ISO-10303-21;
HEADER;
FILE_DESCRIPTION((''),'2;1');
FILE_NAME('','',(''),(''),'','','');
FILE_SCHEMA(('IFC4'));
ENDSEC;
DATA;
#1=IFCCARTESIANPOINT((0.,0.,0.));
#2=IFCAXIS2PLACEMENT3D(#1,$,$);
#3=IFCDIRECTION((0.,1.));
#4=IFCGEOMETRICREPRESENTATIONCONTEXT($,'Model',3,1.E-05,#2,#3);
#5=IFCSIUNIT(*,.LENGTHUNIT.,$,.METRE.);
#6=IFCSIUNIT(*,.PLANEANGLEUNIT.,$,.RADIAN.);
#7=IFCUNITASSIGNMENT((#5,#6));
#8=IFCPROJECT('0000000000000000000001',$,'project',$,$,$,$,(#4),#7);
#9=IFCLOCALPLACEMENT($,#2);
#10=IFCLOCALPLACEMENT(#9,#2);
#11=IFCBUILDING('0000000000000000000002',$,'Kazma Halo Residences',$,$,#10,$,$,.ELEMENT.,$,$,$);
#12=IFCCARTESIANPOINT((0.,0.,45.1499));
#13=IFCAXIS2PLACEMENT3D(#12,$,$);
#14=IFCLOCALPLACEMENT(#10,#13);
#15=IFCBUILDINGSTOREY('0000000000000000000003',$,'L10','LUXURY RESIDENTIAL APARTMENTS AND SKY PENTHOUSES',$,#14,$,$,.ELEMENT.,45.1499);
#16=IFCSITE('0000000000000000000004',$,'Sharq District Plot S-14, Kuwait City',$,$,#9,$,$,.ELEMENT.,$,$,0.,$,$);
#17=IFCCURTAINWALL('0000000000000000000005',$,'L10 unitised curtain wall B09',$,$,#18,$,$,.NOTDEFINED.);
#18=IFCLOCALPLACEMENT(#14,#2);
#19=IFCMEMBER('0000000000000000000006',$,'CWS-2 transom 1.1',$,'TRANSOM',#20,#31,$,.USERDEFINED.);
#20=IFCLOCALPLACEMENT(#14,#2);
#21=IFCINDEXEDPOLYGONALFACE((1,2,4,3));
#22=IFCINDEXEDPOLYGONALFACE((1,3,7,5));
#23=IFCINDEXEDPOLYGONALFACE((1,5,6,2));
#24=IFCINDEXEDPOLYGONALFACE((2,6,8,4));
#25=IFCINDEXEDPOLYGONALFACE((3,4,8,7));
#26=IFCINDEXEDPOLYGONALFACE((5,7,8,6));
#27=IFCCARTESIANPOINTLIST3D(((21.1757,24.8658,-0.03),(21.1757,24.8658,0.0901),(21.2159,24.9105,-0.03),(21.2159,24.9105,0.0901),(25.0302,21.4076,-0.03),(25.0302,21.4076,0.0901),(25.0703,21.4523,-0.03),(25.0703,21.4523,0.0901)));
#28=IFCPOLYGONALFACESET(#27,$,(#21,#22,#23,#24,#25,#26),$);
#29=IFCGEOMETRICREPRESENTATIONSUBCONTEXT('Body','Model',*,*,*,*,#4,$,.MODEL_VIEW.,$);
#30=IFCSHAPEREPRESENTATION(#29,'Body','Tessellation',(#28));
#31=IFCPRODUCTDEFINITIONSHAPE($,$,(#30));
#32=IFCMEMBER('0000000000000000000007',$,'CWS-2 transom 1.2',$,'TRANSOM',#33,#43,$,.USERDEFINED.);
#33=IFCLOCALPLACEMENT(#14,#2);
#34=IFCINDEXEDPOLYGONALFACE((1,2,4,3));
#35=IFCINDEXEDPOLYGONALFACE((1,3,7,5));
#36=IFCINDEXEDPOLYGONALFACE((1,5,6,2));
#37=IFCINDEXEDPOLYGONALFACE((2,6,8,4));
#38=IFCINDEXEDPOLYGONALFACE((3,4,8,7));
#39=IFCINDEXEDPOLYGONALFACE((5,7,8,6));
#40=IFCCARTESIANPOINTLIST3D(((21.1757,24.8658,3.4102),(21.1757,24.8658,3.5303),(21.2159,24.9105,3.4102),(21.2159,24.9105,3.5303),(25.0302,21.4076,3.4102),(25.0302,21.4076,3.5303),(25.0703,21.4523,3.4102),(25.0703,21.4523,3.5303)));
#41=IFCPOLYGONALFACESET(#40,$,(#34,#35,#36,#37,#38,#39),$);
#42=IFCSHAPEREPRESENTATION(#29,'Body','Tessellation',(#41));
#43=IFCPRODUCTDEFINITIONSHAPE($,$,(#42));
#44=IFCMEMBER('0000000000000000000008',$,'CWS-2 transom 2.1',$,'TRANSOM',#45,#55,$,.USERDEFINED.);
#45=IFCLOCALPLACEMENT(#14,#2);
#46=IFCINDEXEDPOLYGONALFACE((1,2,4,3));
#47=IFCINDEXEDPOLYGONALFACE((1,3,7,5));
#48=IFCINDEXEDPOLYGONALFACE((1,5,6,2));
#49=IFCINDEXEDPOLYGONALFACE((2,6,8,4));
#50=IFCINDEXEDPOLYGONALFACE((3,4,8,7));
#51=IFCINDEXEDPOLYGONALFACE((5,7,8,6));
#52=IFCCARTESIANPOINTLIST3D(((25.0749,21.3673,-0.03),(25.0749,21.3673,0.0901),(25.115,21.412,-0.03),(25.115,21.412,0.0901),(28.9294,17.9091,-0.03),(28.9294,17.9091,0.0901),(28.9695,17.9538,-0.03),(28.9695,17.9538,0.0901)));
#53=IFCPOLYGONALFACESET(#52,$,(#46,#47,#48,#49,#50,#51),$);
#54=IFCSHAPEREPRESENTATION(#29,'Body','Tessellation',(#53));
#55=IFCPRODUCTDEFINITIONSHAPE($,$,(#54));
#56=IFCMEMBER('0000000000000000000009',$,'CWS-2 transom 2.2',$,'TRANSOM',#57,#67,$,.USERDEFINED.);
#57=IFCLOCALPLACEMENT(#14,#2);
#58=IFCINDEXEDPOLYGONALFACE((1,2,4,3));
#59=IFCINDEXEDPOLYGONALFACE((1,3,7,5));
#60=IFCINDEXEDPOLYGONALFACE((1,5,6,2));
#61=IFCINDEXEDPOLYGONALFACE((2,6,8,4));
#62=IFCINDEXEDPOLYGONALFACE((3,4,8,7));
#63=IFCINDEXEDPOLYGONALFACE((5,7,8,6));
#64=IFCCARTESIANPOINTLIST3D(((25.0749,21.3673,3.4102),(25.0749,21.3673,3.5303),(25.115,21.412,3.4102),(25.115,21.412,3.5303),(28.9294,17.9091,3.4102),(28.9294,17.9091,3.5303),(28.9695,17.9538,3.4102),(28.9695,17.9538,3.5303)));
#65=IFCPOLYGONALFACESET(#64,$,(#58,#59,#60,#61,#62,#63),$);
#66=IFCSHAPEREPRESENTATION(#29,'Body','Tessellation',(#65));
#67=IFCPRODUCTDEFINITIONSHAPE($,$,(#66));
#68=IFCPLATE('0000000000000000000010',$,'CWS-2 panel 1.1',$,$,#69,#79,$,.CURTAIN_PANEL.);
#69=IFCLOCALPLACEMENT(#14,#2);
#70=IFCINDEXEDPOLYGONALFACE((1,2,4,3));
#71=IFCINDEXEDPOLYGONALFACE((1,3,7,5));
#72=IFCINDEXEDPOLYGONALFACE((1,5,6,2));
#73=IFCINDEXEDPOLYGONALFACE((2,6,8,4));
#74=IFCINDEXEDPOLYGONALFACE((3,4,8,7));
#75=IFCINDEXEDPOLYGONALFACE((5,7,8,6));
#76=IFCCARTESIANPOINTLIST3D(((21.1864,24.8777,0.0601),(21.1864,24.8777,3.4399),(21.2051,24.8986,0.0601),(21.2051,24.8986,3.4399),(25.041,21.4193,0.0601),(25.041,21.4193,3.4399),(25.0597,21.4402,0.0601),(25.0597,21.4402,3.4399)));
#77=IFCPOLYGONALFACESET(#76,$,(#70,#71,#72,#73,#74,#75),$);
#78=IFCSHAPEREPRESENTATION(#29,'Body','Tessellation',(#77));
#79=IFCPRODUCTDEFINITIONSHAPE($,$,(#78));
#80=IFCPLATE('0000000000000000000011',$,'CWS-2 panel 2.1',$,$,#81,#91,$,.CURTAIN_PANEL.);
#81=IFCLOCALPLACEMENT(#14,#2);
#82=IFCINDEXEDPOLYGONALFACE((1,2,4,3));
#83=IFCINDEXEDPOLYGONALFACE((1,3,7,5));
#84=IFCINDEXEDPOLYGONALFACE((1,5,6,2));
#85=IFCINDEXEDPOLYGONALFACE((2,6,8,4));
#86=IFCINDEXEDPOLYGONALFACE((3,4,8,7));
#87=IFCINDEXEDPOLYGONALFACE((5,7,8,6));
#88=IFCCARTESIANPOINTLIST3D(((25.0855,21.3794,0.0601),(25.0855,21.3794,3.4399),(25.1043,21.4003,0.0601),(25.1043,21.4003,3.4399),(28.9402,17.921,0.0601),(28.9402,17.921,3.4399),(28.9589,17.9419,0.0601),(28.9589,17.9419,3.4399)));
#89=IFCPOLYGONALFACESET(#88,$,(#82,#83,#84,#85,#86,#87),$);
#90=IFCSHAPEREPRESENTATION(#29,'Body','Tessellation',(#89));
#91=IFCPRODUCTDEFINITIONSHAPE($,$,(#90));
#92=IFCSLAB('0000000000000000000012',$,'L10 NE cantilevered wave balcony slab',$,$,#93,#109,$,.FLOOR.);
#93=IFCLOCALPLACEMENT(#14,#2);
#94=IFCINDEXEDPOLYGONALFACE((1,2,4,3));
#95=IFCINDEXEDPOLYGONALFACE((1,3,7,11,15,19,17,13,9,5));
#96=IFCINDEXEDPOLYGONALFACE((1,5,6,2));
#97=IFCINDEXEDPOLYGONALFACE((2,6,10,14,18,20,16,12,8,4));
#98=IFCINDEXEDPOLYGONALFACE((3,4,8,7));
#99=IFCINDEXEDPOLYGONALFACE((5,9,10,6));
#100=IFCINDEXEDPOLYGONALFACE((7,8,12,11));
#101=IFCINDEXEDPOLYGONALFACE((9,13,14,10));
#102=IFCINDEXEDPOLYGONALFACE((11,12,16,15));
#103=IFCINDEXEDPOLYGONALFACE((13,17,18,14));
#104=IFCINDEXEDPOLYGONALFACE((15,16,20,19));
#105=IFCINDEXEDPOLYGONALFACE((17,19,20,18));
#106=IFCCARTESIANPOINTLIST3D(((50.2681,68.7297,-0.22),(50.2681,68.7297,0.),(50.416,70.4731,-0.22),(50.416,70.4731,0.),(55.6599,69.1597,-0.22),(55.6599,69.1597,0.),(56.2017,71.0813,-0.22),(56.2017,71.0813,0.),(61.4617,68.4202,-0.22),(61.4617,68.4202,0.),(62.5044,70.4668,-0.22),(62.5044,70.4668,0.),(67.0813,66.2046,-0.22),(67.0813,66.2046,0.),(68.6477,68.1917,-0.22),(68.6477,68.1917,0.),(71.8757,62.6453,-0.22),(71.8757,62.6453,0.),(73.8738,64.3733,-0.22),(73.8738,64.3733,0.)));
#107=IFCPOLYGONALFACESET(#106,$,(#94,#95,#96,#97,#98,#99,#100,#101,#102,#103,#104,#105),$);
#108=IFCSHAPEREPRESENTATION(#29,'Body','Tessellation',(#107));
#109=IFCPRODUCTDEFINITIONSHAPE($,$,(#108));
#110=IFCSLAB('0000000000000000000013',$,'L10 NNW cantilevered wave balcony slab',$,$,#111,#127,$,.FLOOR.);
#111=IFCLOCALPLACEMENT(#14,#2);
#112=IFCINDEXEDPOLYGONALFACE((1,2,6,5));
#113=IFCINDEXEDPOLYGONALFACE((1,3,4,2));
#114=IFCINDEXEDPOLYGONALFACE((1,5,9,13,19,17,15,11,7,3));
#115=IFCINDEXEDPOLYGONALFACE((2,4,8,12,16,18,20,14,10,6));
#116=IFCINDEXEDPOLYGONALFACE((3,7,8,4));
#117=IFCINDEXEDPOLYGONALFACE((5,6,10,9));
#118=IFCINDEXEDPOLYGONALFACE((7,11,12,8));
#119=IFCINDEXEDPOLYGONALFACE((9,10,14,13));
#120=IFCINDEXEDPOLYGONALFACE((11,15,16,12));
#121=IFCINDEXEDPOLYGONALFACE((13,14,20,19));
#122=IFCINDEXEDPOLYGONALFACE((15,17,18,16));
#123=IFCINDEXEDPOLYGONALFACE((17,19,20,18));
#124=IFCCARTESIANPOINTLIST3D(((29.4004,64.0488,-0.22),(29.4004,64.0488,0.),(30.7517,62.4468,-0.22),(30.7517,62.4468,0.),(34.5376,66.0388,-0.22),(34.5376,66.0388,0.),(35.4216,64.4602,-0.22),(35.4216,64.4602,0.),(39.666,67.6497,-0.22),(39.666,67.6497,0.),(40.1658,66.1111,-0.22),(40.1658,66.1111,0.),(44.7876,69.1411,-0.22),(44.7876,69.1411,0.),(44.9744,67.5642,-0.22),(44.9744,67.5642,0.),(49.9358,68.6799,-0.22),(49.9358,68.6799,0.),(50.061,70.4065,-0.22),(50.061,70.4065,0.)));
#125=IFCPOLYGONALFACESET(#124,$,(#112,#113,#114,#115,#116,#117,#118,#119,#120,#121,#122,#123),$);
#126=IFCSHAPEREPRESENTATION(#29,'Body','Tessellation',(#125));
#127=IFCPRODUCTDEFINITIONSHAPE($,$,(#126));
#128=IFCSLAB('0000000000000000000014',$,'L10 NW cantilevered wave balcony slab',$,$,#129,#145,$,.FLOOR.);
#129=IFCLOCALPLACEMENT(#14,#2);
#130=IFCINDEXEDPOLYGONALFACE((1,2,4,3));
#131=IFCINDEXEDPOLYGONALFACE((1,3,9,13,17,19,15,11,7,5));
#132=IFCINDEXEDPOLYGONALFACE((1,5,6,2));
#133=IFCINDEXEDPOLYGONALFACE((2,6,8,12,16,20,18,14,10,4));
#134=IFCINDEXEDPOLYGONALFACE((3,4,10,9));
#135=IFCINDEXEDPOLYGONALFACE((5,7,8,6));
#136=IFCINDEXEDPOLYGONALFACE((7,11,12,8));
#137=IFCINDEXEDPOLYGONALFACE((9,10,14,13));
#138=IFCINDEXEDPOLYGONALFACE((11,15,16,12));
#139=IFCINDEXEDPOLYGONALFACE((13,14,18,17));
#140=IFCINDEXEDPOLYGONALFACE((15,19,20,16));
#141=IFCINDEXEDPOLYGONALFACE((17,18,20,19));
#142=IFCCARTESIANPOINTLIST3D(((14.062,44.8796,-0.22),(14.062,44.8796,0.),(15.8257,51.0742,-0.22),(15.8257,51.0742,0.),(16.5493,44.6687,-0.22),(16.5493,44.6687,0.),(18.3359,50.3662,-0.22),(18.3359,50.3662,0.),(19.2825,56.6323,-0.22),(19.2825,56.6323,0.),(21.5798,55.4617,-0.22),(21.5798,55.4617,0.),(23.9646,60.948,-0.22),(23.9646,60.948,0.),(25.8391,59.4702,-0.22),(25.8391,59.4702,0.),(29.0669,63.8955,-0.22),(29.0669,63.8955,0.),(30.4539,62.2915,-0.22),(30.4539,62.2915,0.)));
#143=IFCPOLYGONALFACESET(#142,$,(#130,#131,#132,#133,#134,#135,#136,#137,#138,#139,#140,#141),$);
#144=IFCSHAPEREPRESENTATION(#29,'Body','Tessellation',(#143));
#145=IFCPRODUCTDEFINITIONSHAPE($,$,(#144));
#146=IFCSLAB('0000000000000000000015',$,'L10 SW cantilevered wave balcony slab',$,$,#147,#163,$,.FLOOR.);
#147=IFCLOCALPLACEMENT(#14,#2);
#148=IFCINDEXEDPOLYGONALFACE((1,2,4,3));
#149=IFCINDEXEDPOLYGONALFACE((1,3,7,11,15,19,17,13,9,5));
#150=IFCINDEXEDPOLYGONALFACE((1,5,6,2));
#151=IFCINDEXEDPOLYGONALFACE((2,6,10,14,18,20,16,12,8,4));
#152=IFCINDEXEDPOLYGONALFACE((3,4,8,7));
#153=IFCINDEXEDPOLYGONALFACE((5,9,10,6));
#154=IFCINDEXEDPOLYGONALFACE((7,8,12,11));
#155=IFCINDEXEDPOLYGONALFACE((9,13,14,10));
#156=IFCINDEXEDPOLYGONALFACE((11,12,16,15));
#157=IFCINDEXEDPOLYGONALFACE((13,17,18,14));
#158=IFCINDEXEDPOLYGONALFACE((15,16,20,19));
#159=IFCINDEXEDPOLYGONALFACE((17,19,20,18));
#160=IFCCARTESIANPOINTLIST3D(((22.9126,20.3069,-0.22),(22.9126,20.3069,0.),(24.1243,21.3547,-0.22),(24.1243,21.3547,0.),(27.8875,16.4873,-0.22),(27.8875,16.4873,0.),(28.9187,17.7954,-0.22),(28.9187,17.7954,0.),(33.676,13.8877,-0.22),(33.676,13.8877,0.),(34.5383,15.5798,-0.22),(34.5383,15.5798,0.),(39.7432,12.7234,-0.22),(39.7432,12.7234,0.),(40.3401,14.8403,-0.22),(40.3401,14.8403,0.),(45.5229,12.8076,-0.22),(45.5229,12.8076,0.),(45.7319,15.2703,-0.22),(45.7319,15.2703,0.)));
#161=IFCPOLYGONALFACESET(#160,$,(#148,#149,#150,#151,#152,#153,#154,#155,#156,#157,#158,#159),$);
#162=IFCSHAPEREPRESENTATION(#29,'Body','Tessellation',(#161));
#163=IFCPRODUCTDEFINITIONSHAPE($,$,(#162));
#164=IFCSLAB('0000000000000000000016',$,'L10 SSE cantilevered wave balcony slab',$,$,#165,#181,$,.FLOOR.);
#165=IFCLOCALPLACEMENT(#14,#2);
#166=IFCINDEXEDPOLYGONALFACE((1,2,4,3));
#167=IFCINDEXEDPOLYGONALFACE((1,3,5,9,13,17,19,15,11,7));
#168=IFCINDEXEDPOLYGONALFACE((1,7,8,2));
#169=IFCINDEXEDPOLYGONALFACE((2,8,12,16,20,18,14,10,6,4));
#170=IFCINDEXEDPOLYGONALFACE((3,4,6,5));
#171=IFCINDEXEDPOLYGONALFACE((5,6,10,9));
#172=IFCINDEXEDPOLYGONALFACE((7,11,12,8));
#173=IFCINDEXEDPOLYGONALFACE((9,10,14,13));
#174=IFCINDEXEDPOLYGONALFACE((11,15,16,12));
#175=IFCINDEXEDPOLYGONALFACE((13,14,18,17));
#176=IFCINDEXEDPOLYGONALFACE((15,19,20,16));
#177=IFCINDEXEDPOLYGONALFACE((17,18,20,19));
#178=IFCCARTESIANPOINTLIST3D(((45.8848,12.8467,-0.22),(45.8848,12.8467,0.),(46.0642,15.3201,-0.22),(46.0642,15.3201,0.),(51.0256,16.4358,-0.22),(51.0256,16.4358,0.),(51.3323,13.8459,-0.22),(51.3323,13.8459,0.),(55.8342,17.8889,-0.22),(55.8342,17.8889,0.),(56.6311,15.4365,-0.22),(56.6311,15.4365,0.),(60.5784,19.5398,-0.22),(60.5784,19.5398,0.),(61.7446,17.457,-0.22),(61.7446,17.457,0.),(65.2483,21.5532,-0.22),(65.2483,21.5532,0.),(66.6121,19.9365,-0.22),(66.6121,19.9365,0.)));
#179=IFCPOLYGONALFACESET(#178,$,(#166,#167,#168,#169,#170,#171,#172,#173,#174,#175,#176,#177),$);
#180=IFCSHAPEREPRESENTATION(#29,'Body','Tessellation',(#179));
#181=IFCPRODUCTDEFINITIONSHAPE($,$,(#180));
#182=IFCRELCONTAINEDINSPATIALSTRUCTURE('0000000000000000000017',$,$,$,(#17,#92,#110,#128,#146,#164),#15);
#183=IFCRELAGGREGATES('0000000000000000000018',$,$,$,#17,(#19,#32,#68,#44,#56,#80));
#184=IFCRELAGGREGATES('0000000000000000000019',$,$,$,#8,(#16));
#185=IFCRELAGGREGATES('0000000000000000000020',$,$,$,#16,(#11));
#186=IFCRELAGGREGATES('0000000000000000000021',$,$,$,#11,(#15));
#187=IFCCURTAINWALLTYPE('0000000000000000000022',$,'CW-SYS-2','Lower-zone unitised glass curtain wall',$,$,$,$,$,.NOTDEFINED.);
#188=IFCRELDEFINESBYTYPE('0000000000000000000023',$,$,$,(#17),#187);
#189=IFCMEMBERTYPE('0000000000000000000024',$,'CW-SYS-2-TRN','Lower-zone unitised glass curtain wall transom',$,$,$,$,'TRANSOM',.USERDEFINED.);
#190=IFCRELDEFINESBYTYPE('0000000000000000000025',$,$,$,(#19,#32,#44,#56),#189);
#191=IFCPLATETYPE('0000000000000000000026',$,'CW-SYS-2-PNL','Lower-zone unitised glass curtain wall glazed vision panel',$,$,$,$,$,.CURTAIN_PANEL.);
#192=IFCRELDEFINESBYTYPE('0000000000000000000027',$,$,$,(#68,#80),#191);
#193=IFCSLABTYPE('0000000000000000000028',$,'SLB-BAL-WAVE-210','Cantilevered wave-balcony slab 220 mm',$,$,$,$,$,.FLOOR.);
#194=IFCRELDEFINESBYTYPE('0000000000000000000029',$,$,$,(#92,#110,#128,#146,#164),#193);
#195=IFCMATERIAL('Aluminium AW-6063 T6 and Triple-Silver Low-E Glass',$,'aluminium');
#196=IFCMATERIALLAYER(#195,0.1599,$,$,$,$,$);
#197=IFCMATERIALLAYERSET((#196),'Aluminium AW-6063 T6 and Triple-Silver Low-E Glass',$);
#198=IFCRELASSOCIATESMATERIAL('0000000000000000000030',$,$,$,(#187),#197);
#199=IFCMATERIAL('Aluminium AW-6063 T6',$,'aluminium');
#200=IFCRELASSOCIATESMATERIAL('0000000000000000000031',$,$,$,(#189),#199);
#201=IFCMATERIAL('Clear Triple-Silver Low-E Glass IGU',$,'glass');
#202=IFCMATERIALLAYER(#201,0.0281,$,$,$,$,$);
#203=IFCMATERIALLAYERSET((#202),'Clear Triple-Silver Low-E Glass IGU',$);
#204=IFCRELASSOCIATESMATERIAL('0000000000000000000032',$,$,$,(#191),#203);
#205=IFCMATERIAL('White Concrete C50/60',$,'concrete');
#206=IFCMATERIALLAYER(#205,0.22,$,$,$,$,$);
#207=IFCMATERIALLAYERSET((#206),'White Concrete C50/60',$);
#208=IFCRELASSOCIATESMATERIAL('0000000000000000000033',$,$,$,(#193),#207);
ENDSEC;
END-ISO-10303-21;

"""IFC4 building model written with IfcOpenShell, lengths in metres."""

from ifc_helpers import new_model, si_unit, direction, frame, origin, origin_2d, place, context, subcontext, project, spatial, polyline, rectangle, outline, extrude, material, layer, layer_set, material_profile, profile_set, type_object, element, aggregate, save


model = new_model("IFC4")

# Units and contexts
model_context = context("Model", 3, precision=1e-05, world=origin(), true_north=direction((0.0, 1.0)))
body_context = subcontext(model_context, "Body", "Model", "MODEL_VIEW")
ifc_project = project(units=[si_unit("LENGTHUNIT", "METRE"), si_unit("PLANEANGLEUNIT", "RADIAN")], contexts=[model_context])

# Site, building, storey
site_placement = place(None, origin())
site = spatial("IfcSite", under=ifc_project, at=site_placement, Name="Sharq District Plot S-14, Kuwait City", CompositionType="ELEMENT", RefElevation=0.0)
building_placement = place(site_placement, origin())
building = spatial("IfcBuilding", under=site, at=building_placement, Name="Kazma Halo Residences", CompositionType="ELEMENT")
storey_placement = place(building_placement, frame((0.0, 0.0, 45.1499)))
storey = spatial("IfcBuildingStorey", under=building, at=storey_placement, Name="L10", Description="LUXURY RESIDENTIAL APARTMENTS AND SKY PENTHOUSES", CompositionType="ELEMENT", Elevation=45.1499)

# Curtain wall, members, plates
ifc_material_1 = material(Name="Aluminium AW-6063 T6 and Triple-Silver Low-E Glass", Category="aluminium")
ifc_layer_1 = layer(ifc_material_1, 0.1599)
ifc_layer_set_1 = layer_set([ifc_layer_1], Name="Aluminium AW-6063 T6 and Triple-Silver Low-E Glass")
curtain_wall_type = type_object("IfcCurtainWallType", Name="CW-SYS-2", Description="Lower-zone unitised glass curtain wall", PredefinedType="NOTDEFINED", material=ifc_layer_set_1)
curtain_wall_placement = place(storey_placement, origin())
curtain_wall = element("IfcCurtainWall", 1, at=curtain_wall_placement, inside=storey, type_object=curtain_wall_type, Name="L10 unitised curtain wall B09", PredefinedType="NOTDEFINED")
ifc_material_2 = material(Name="Aluminium AW-6063 T6", Category="aluminium")
ifc_material_profile_1 = material_profile(ifc_material_2, rectangle(XDim=0.0601, YDim=0.1201, at=origin_2d()), Name="CWT-60x120")
ifc_profile_set_1 = profile_set([ifc_material_profile_1], Name="Aluminium AW-6063 T6")
member_type_1 = type_object("IfcMemberType", Name="CW-SYS-2-TRN", Description="Lower-zone unitised glass curtain wall transom", ElementType="TRANSOM", PredefinedType="USERDEFINED", material=ifc_profile_set_1)
member_1_placement = place(storey_placement, frame((21.1958, 24.8882, 0.03), z_axis=(0.744329, -0.667813, 0.0), x_axis=(0.667813, 0.744329, 0.0)))
member_1 = element("IfcMember", 2, at=member_1_placement, type_object=member_type_1, Name="CWS-2 transom 1.1", ObjectType="TRANSOM", PredefinedType="USERDEFINED", context=body_context, shape_type="SweptSolid", body=[
    extrude(rectangle(XDim=0.0601, YDim=0.1201, at=origin_2d()), origin(), (0.0, 0.0, 1.0), 5.1785),
])
member_2_placement = place(storey_placement, frame((21.1958, 24.8882, 3.4702), z_axis=(0.744329, -0.667813, 0.0), x_axis=(0.667813, 0.744329, 0.0)))
member_2 = element("IfcMember", 3, at=member_2_placement, type_object=member_type_1, Name="CWS-2 transom 1.2", ObjectType="TRANSOM", PredefinedType="USERDEFINED", context=body_context, shape_type="SweptSolid", body=[
    extrude(rectangle(XDim=0.0601, YDim=0.1201, at=origin_2d()), origin(), (0.0, 0.0, 1.0), 5.1785),
])
member_3_placement = place(storey_placement, frame((25.095, 21.3896, 0.03), z_axis=(0.744329, -0.667813, 0.0), x_axis=(0.667813, 0.744329, 0.0)))
member_3 = element("IfcMember", 4, at=member_3_placement, type_object=member_type_1, Name="CWS-2 transom 2.1", ObjectType="TRANSOM", PredefinedType="USERDEFINED", context=body_context, shape_type="SweptSolid", body=[
    extrude(rectangle(XDim=0.0601, YDim=0.1201, at=origin_2d()), origin(), (0.0, 0.0, 1.0), 5.1785),
])
member_4_placement = place(storey_placement, frame((25.095, 21.3896, 3.4702), z_axis=(0.744329, -0.667813, 0.0), x_axis=(0.667813, 0.744329, 0.0)))
member_4 = element("IfcMember", 5, at=member_4_placement, type_object=member_type_1, Name="CWS-2 transom 2.2", ObjectType="TRANSOM", PredefinedType="USERDEFINED", context=body_context, shape_type="SweptSolid", body=[
    extrude(rectangle(XDim=0.0601, YDim=0.1201, at=origin_2d()), origin(), (0.0, 0.0, 1.0), 5.1785),
])
ifc_material_3 = material(Name="Clear Triple-Silver Low-E Glass IGU", Category="glass")
ifc_layer_2 = layer(ifc_material_3, 0.0281)
ifc_layer_set_2 = layer_set([ifc_layer_2], Name="Clear Triple-Silver Low-E Glass IGU")
plate_type = type_object("IfcPlateType", Name="CW-SYS-2-PNL", Description="Lower-zone unitised glass curtain wall glazed vision panel", PredefinedType="CURTAIN_PANEL", material=ifc_layer_set_2)
plate_1_placement = place(storey_placement, frame((23.123, 23.1589, 0.0601), z_axis=(0.0, 0.0, 1.0), x_axis=(0.744322, -0.667821, 0.0)))
plate_1 = element("IfcPlate", 6, at=plate_1_placement, type_object=plate_type, Name="CWS-2 panel 1.1", PredefinedType="CURTAIN_PANEL", context=body_context, shape_type="SweptSolid", body=[
    extrude(rectangle(XDim=5.1787, YDim=0.0281, at=origin_2d()), origin(), (0.0, 0.0, 1.0), 3.3799),
])
plate_2_placement = place(storey_placement, frame((27.0222, 19.6606, 0.0601), z_axis=(0.0, 0.0, 1.0), x_axis=(0.744322, -0.667821, 0.0)))
plate_2 = element("IfcPlate", 7, at=plate_2_placement, type_object=plate_type, Name="CWS-2 panel 2.1", PredefinedType="CURTAIN_PANEL", context=body_context, shape_type="SweptSolid", body=[
    extrude(rectangle(XDim=5.1787, YDim=0.0281, at=origin_2d()), origin(), (0.0, 0.0, 1.0), 3.3799),
])
aggregate(curtain_wall, [member_1, member_2, plate_1, member_3, member_4, plate_2])

# Slabs
ifc_material_4 = material(Name="White Concrete C50/60", Category="concrete")
ifc_layer_3 = layer(ifc_material_4, 0.22)
ifc_layer_set_3 = layer_set([ifc_layer_3], Name="White Concrete C50/60")
slab_type_1 = type_object("IfcSlabType", Name="SLB-BAL-WAVE-210", Description="Cantilevered wave-balcony slab 220 mm", PredefinedType="FLOOR", material=ifc_layer_set_3)
slab_1_placement = place(storey_placement, frame((0.0, 0.0, -0.22)))
element("IfcSlab", 8, at=slab_1_placement, inside=storey, type_object=slab_type_1, Name="L10 NE cantilevered wave balcony slab", PredefinedType="FLOOR", context=body_context, shape_type="SweptSolid", body=[
    extrude(outline(polyline([(71.8757, 62.6453), (67.0813, 66.2046), (61.4617, 68.4202), (55.6599, 69.1597), (50.2681, 68.7297), (50.416, 70.4731), (56.2017, 71.0813), (62.5044, 70.4668), (68.6477, 68.1917), (73.8738, 64.3733), (71.8757, 62.6453)])), origin(), (0.0, 0.0, 1.0), 0.22),
])
slab_2_placement = place(storey_placement, frame((0.0, 0.0, -0.22)))
element("IfcSlab", 9, at=slab_2_placement, inside=storey, type_object=slab_type_1, Name="L10 NNW cantilevered wave balcony slab", PredefinedType="FLOOR", context=body_context, shape_type="SweptSolid", body=[
    extrude(outline(polyline([(49.9358, 68.6799), (44.9744, 67.5642), (40.1658, 66.1111), (35.4216, 64.4602), (30.7517, 62.4468), (29.4004, 64.0488), (34.5376, 66.0388), (39.666, 67.6497), (44.7876, 69.1411), (50.061, 70.4065), (49.9358, 68.6799)])), origin(), (0.0, 0.0, 1.0), 0.22),
])
slab_3_placement = place(storey_placement, frame((0.0, 0.0, -0.22)))
element("IfcSlab", 10, at=slab_3_placement, inside=storey, type_object=slab_type_1, Name="L10 NW cantilevered wave balcony slab", PredefinedType="FLOOR", context=body_context, shape_type="SweptSolid", body=[
    extrude(outline(polyline([(30.4539, 62.2915), (25.8391, 59.4702), (21.5798, 55.4617), (18.3359, 50.3662), (16.5493, 44.6687), (14.062, 44.8796), (15.8257, 51.0742), (19.2825, 56.6323), (23.9646, 60.948), (29.0669, 63.8955), (30.4539, 62.2915)])), origin(), (0.0, 0.0, 1.0), 0.22),
])
slab_4_placement = place(storey_placement, frame((0.0, 0.0, -0.22)))
element("IfcSlab", 11, at=slab_4_placement, inside=storey, type_object=slab_type_1, Name="L10 SW cantilevered wave balcony slab", PredefinedType="FLOOR", context=body_context, shape_type="SweptSolid", body=[
    extrude(outline(polyline([(24.1243, 21.3547), (28.9187, 17.7954), (34.5383, 15.5798), (40.3401, 14.8403), (45.7319, 15.2703), (45.5229, 12.8076), (39.7432, 12.7234), (33.676, 13.8877), (27.8875, 16.4873), (22.9126, 20.3069), (24.1243, 21.3547)])), origin(), (0.0, 0.0, 1.0), 0.22),
])
slab_5_placement = place(storey_placement, frame((0.0, 0.0, -0.22)))
element("IfcSlab", 12, at=slab_5_placement, inside=storey, type_object=slab_type_1, Name="L10 SSE cantilevered wave balcony slab", PredefinedType="FLOOR", context=body_context, shape_type="SweptSolid", body=[
    extrude(outline(polyline([(46.0642, 15.3201), (51.0256, 16.4358), (55.8342, 17.8889), (60.5784, 19.5398), (65.2483, 21.5532), (66.6121, 19.9365), (61.7446, 17.457), (56.6311, 15.4365), (51.3323, 13.8459), (45.8848, 12.8467), (46.0642, 15.3201)])), origin(), (0.0, 0.0, 1.0), 0.22),
])

save(model, "model.ifc")
